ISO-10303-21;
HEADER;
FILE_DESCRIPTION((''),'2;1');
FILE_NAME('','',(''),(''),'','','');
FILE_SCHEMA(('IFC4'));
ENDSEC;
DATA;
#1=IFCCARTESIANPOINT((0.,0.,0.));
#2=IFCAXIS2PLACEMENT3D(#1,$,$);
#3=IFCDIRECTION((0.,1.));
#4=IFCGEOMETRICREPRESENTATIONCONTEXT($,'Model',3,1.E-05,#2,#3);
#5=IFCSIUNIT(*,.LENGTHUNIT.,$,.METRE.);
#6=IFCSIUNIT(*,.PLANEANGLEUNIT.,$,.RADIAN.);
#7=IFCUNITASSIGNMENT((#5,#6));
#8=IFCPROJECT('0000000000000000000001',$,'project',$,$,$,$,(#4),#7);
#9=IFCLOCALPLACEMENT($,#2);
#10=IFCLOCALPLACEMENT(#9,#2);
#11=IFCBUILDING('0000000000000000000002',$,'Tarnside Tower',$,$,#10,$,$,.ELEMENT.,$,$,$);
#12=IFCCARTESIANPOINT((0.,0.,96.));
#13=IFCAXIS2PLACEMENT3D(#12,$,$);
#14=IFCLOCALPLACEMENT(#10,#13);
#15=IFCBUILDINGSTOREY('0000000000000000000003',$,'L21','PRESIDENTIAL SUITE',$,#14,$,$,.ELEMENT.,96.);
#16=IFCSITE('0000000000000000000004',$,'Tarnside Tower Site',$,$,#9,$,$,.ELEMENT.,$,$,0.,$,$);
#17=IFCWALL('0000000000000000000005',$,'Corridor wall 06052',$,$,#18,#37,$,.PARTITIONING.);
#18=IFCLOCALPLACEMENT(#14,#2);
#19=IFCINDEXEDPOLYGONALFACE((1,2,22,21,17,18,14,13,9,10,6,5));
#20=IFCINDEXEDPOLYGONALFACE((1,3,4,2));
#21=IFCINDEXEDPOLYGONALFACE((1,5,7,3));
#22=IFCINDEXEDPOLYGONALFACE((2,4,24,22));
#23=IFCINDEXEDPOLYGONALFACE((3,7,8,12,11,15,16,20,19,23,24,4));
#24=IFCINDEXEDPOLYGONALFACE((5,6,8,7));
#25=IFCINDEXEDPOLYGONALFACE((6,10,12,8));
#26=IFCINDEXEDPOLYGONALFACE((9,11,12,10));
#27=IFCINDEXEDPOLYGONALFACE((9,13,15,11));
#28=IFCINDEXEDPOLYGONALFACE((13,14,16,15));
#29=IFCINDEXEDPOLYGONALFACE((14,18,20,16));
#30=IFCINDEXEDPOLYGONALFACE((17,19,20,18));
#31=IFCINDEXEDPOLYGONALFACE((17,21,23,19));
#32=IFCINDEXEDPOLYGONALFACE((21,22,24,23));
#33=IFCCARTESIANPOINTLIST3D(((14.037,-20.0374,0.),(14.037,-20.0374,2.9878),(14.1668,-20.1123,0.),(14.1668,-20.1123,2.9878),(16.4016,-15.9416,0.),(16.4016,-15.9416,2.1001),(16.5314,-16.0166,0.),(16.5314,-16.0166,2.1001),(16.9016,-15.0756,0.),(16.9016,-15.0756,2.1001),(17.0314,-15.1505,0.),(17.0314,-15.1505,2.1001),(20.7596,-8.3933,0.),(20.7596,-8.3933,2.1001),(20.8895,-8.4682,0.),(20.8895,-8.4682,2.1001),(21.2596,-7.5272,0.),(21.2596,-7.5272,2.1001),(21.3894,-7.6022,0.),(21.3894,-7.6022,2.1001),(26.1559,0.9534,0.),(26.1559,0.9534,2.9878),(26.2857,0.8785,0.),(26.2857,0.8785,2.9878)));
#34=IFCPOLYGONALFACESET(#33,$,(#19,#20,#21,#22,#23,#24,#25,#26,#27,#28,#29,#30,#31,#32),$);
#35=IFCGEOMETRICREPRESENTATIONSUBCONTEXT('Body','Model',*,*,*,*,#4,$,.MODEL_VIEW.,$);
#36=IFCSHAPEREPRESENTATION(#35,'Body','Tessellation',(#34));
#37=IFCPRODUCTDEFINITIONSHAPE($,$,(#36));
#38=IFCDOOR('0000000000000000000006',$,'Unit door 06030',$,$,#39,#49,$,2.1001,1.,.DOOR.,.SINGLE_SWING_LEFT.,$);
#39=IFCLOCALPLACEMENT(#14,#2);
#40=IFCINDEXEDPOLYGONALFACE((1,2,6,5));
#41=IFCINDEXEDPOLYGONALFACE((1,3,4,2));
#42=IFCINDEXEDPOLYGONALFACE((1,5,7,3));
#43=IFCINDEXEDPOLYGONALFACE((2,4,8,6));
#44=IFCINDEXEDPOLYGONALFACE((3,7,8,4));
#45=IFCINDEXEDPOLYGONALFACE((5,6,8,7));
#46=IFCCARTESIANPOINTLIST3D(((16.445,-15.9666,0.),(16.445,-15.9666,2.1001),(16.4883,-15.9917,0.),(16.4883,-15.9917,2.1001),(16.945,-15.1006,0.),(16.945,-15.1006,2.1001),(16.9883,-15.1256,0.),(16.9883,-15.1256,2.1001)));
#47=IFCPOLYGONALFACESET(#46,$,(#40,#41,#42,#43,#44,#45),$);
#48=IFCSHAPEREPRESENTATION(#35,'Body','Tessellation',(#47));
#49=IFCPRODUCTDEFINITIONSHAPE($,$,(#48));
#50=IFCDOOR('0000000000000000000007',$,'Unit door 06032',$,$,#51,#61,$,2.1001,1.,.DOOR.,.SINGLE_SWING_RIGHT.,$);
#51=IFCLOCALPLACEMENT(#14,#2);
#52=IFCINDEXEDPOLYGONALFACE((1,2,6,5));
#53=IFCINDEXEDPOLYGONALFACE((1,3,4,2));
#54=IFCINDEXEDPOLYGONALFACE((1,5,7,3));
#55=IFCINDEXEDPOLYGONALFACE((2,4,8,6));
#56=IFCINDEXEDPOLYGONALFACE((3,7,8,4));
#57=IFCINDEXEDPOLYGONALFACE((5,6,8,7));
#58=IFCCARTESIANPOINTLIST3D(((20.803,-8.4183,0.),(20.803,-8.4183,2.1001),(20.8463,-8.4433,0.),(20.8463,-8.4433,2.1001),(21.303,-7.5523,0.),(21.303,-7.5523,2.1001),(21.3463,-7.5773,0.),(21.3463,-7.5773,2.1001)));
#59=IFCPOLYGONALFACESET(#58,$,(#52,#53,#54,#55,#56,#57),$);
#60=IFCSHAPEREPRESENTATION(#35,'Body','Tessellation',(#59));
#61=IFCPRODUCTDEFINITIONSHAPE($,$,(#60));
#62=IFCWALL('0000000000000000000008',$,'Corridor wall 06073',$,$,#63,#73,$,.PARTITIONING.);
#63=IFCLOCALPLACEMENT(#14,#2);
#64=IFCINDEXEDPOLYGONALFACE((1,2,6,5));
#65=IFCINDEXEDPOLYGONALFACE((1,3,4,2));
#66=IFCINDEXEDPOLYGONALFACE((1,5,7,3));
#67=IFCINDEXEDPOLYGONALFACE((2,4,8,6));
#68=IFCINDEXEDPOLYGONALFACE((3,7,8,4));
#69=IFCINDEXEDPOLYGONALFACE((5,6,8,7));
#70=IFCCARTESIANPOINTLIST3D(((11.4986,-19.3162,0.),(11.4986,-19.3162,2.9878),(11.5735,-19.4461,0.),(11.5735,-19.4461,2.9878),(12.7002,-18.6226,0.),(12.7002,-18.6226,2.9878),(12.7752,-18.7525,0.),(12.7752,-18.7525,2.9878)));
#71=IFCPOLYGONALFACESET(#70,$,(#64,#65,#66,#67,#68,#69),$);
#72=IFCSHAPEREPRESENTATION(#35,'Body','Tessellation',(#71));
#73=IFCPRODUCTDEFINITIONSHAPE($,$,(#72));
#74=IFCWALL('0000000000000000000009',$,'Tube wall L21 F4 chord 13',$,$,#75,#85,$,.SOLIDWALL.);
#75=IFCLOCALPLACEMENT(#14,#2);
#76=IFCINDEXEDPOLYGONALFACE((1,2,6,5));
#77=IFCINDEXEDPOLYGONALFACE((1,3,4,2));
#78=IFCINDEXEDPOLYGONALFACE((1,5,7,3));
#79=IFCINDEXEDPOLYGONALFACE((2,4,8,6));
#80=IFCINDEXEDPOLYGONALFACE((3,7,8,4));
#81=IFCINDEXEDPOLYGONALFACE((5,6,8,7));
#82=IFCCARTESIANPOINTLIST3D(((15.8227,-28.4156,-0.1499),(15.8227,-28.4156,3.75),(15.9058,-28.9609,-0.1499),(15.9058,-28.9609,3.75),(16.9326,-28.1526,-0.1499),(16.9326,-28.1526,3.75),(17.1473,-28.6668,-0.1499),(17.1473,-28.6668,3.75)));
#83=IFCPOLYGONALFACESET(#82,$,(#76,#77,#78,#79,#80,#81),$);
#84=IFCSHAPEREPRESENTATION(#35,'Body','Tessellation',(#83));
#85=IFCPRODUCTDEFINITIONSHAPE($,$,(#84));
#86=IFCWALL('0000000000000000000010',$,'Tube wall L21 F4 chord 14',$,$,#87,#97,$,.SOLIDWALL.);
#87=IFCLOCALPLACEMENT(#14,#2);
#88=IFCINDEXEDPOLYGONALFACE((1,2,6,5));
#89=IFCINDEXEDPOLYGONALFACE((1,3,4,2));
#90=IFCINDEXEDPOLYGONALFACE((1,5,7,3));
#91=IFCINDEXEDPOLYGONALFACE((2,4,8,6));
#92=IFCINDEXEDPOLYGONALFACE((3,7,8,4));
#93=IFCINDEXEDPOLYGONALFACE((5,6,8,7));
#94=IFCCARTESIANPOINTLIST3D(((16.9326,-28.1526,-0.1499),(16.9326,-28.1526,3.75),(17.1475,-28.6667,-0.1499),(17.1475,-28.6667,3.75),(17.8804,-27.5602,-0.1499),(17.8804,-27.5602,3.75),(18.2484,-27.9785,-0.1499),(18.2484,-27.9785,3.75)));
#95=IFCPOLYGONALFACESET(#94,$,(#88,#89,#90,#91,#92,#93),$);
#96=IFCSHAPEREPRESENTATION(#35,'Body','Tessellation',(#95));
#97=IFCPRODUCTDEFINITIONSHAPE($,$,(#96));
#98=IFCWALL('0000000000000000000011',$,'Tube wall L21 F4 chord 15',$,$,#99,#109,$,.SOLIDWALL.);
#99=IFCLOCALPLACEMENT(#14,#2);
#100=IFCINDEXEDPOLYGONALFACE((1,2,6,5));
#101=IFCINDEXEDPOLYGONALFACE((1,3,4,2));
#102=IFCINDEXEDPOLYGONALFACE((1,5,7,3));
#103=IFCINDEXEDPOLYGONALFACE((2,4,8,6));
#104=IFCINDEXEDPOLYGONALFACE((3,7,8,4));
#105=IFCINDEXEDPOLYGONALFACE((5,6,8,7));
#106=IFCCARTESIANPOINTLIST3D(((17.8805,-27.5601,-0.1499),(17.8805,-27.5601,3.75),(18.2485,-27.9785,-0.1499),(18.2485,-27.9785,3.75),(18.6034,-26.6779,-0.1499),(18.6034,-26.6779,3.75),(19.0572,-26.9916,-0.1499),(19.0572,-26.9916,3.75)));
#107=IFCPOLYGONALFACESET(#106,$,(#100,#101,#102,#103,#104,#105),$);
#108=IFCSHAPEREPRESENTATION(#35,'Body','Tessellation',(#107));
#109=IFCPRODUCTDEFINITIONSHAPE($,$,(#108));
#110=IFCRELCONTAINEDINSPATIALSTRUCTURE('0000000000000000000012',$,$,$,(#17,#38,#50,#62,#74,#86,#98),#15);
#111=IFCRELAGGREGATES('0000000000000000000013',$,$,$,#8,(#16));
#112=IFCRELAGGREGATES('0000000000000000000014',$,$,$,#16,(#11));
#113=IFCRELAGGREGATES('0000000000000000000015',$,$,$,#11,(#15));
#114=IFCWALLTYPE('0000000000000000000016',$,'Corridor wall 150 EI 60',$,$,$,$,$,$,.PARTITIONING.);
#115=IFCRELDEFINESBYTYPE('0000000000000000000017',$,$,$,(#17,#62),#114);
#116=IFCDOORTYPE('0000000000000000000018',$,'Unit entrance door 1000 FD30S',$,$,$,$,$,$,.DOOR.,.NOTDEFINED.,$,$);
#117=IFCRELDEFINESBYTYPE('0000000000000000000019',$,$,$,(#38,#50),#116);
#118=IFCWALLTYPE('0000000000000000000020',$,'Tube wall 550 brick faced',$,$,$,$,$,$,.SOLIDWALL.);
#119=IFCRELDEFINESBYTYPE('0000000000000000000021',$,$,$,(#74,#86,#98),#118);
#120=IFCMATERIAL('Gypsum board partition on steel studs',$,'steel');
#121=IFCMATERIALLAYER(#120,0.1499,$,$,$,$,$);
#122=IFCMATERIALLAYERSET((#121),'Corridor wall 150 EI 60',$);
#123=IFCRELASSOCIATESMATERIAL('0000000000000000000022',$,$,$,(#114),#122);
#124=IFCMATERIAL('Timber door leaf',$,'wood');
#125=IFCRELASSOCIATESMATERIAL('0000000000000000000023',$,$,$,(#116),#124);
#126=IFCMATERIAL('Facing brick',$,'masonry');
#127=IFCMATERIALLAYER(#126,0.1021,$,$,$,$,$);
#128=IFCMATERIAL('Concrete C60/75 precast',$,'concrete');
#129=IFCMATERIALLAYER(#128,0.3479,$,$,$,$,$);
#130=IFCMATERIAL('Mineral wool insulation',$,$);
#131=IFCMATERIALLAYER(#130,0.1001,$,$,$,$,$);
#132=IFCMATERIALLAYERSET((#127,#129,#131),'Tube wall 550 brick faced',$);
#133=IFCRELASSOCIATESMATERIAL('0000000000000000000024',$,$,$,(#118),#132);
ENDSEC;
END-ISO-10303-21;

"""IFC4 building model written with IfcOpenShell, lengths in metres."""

from ifc_helpers import new_model, si_unit, direction, frame, frame_2d, origin, place, context, subcontext, project, spatial, polyline, rectangle, outline, extrude, material, layer, layer_set, type_object, element, fill, save


model = new_model("IFC4")

# Units and contexts
model_context = context("Model", 3, precision=1e-05, world=origin(), true_north=direction((0.0, 1.0)))
body_context = subcontext(model_context, "Body", "Model", "MODEL_VIEW")
ifc_project = project(units=[si_unit("LENGTHUNIT", "METRE"), si_unit("PLANEANGLEUNIT", "RADIAN")], contexts=[model_context])

# Site, building, storey
site_placement = place(None, origin())
site = spatial("IfcSite", under=ifc_project, at=site_placement, Name="Tarnside Tower Site", CompositionType="ELEMENT", RefElevation=0.0)
building_placement = place(site_placement, origin())
building = spatial("IfcBuilding", under=site, at=building_placement, Name="Tarnside Tower", CompositionType="ELEMENT")
storey_placement = place(building_placement, frame((0.0, 0.0, 96.0)))
storey = spatial("IfcBuildingStorey", under=building, at=storey_placement, Name="L21", Description="PRESIDENTIAL SUITE", CompositionType="ELEMENT", Elevation=96.0)

# Shared definitions
ifc_material_1 = material(Name="Gypsum board partition on steel studs", Category="steel")
ifc_material_2 = material(Name="Timber door leaf", Category="wood")

# Shared definitions
ifc_layer_1 = layer(ifc_material_1, 0.1499)
ifc_layer_set_1 = layer_set([ifc_layer_1], Name="Corridor wall 150 EI 60")
wall_type_1 = type_object("IfcWallType", Name="Corridor wall 150 EI 60", PredefinedType="PARTITIONING", material=ifc_layer_set_1)

# Wall, openings, doors
wall_1_placement = place(storey_placement, frame((14.1018, -20.075, 0.0), z_axis=(0.0, 0.0, 1.0), x_axis=(0.499997, 0.866027, 0.0)))
wall_1 = element("IfcWall", 1, at=wall_1_placement, inside=storey, type_object=wall_type_1, Name="Corridor wall 06052", PredefinedType="PARTITIONING", context=body_context, shape_type="SweptSolid", body=[
    extrude(rectangle(XDim=24.238, YDim=0.1499, at=frame_2d((12.1191, 0.0))), origin(), (0.0, 0.0, 1.0), 2.9878),
])
opening_1_placement = place(wall_1_placement, frame((4.7295, 0.0, 0.0)))
opening_1 = element("IfcOpeningElement", 2, at=opening_1_placement, cuts=wall_1, PredefinedType="OPENING", context=body_context, shape_type="SweptSolid", body=[
    extrude(rectangle(XDim=1.0, YDim=2.1001, at=frame_2d((0.5, 1.05))), frame((0.0, 0.085, 0.0), z_axis=(0.0, -1.0, 0.0), x_axis=(1.0, 0.0, 0.0)), (0.0, 0.0, 1.0), 0.1699),
])
opening_2_placement = place(wall_1_placement, frame((13.4456, 0.0, 0.0)))
opening_2 = element("IfcOpeningElement", 3, at=opening_2_placement, cuts=wall_1, PredefinedType="OPENING", context=body_context, shape_type="SweptSolid", body=[
    extrude(rectangle(XDim=1.0, YDim=2.1001, at=frame_2d((0.5, 1.05))), frame((0.0, 0.085, 0.0), z_axis=(0.0, -1.0, 0.0), x_axis=(1.0, 0.0, 0.0)), (0.0, 0.0, 1.0), 0.1699),
])
door_type_1 = type_object("IfcDoorType", Name="Unit entrance door 1000 FD30S", OperationType="NOTDEFINED", PredefinedType="DOOR", material=ifc_material_2)
door_1_placement = place(opening_1_placement, origin())
door_1 = element("IfcDoor", 4, at=door_1_placement, inside=storey, type_object=door_type_1, Name="Unit door 06030", OperationType="SINGLE_SWING_LEFT", OverallHeight=2.1001, OverallWidth=1.0, PredefinedType="DOOR", context=body_context, shape_type="SweptSolid", body=[
    extrude(rectangle(XDim=1.0, YDim=2.1001, at=frame_2d((0.5, 1.05))), frame((0.0, 0.0249, 0.0), z_axis=(0.0, -1.0, 0.0), x_axis=(1.0, 0.0, 0.0)), (0.0, 0.0, 1.0), 0.05),
])
fill(opening_1, door_1)
door_2_placement = place(opening_2_placement, origin())
door_2 = element("IfcDoor", 5, at=door_2_placement, inside=storey, type_object=door_type_1, Name="Unit door 06032", OperationType="SINGLE_SWING_RIGHT", OverallHeight=2.1001, OverallWidth=1.0, PredefinedType="DOOR", context=body_context, shape_type="SweptSolid", body=[
    extrude(rectangle(XDim=1.0, YDim=2.1001, at=frame_2d((0.5, 1.05))), frame((0.0, 0.0249, 0.0), z_axis=(0.0, -1.0, 0.0), x_axis=(1.0, 0.0, 0.0)), (0.0, 0.0, 1.0), 0.05),
])
fill(opening_2, door_2)

# Walls
wall_2_placement = place(storey_placement, frame((12.7378, -18.6875, 0.0), z_axis=(0.0, 0.0, 1.0), x_axis=(-0.86608, -0.499905, 0.0)))
element("IfcWall", 6, at=wall_2_placement, inside=storey, type_object=wall_type_1, Name="Corridor wall 06073", PredefinedType="PARTITIONING", context=body_context, shape_type="SweptSolid", body=[
    extrude(rectangle(XDim=1.3875, YDim=0.1499, at=frame_2d((0.6938, 0.0))), origin(), (0.0, 0.0, 1.0), 2.9878),
])
ifc_material_3 = material(Name="Facing brick", Category="masonry")
ifc_layer_2 = layer(ifc_material_3, 0.1021)
ifc_material_4 = material(Name="Concrete C60/75 precast", Category="concrete")
ifc_layer_3 = layer(ifc_material_4, 0.3479)
ifc_material_5 = material(Name="Mineral wool insulation")
ifc_layer_4 = layer(ifc_material_5, 0.1001)
ifc_layer_set_2 = layer_set([ifc_layer_2, ifc_layer_3, ifc_layer_4], Name="Tube wall 550 brick faced")
wall_type_2 = type_object("IfcWallType", Name="Tube wall 550 brick faced", PredefinedType="SOLIDWALL", material=ifc_layer_set_2)
wall_3_placement = place(storey_placement, frame((15.8643, -28.6882, -0.1499), z_axis=(0.0, 0.0, 1.0), x_axis=(0.973064, 0.230537, 0.0)))
element("IfcWall", 7, at=wall_3_placement, inside=storey, type_object=wall_type_2, Name="Tube wall L21 F4 chord 13", PredefinedType="SOLIDWALL", context=body_context, shape_type="SweptSolid", body=[
    extrude(outline(polyline([(-0.0225, -0.2749), (1.2534, -0.2749), (1.1631, 0.2749), (0.0225, 0.2749), (-0.0225, -0.2749)])), origin(), (0.0, 0.0, 1.0), 3.8999),
])
wall_4_placement = place(storey_placement, frame((17.04, -28.4097, -0.1499), z_axis=(0.0, 0.0, 1.0), x_axis=(0.847953, 0.530072, 0.0)))
element("IfcWall", 8, at=wall_4_placement, inside=storey, type_object=wall_type_2, Name="Tube wall L21 F4 chord 14", PredefinedType="SOLIDWALL", context=body_context, shape_type="SweptSolid", body=[
    extrude(outline(polyline([(-0.0452, -0.2749), (1.2532, -0.2749), (1.1628, 0.2749), (0.0452, 0.2749), (-0.0452, -0.2749)])), origin(), (0.0, 0.0, 1.0), 3.8999),
])
wall_5_placement = place(storey_placement, frame((18.0645, -27.7693, -0.1499), z_axis=(0.0, 0.0, 1.0), x_axis=(0.633843, 0.773462, 0.0)))
element("IfcWall", 9, at=wall_5_placement, inside=storey, type_object=wall_type_2, Name="Tube wall L21 F4 chord 15", PredefinedType="SOLIDWALL", context=body_context, shape_type="SweptSolid", body=[
    extrude(outline(polyline([(-0.0452, -0.2749), (1.2307, -0.2749), (1.1858, 0.2749), (0.0452, 0.2749), (-0.0452, -0.2749)])), origin(), (0.0, 0.0, 1.0), 3.8999),
])

save(model, "model.ifc")
